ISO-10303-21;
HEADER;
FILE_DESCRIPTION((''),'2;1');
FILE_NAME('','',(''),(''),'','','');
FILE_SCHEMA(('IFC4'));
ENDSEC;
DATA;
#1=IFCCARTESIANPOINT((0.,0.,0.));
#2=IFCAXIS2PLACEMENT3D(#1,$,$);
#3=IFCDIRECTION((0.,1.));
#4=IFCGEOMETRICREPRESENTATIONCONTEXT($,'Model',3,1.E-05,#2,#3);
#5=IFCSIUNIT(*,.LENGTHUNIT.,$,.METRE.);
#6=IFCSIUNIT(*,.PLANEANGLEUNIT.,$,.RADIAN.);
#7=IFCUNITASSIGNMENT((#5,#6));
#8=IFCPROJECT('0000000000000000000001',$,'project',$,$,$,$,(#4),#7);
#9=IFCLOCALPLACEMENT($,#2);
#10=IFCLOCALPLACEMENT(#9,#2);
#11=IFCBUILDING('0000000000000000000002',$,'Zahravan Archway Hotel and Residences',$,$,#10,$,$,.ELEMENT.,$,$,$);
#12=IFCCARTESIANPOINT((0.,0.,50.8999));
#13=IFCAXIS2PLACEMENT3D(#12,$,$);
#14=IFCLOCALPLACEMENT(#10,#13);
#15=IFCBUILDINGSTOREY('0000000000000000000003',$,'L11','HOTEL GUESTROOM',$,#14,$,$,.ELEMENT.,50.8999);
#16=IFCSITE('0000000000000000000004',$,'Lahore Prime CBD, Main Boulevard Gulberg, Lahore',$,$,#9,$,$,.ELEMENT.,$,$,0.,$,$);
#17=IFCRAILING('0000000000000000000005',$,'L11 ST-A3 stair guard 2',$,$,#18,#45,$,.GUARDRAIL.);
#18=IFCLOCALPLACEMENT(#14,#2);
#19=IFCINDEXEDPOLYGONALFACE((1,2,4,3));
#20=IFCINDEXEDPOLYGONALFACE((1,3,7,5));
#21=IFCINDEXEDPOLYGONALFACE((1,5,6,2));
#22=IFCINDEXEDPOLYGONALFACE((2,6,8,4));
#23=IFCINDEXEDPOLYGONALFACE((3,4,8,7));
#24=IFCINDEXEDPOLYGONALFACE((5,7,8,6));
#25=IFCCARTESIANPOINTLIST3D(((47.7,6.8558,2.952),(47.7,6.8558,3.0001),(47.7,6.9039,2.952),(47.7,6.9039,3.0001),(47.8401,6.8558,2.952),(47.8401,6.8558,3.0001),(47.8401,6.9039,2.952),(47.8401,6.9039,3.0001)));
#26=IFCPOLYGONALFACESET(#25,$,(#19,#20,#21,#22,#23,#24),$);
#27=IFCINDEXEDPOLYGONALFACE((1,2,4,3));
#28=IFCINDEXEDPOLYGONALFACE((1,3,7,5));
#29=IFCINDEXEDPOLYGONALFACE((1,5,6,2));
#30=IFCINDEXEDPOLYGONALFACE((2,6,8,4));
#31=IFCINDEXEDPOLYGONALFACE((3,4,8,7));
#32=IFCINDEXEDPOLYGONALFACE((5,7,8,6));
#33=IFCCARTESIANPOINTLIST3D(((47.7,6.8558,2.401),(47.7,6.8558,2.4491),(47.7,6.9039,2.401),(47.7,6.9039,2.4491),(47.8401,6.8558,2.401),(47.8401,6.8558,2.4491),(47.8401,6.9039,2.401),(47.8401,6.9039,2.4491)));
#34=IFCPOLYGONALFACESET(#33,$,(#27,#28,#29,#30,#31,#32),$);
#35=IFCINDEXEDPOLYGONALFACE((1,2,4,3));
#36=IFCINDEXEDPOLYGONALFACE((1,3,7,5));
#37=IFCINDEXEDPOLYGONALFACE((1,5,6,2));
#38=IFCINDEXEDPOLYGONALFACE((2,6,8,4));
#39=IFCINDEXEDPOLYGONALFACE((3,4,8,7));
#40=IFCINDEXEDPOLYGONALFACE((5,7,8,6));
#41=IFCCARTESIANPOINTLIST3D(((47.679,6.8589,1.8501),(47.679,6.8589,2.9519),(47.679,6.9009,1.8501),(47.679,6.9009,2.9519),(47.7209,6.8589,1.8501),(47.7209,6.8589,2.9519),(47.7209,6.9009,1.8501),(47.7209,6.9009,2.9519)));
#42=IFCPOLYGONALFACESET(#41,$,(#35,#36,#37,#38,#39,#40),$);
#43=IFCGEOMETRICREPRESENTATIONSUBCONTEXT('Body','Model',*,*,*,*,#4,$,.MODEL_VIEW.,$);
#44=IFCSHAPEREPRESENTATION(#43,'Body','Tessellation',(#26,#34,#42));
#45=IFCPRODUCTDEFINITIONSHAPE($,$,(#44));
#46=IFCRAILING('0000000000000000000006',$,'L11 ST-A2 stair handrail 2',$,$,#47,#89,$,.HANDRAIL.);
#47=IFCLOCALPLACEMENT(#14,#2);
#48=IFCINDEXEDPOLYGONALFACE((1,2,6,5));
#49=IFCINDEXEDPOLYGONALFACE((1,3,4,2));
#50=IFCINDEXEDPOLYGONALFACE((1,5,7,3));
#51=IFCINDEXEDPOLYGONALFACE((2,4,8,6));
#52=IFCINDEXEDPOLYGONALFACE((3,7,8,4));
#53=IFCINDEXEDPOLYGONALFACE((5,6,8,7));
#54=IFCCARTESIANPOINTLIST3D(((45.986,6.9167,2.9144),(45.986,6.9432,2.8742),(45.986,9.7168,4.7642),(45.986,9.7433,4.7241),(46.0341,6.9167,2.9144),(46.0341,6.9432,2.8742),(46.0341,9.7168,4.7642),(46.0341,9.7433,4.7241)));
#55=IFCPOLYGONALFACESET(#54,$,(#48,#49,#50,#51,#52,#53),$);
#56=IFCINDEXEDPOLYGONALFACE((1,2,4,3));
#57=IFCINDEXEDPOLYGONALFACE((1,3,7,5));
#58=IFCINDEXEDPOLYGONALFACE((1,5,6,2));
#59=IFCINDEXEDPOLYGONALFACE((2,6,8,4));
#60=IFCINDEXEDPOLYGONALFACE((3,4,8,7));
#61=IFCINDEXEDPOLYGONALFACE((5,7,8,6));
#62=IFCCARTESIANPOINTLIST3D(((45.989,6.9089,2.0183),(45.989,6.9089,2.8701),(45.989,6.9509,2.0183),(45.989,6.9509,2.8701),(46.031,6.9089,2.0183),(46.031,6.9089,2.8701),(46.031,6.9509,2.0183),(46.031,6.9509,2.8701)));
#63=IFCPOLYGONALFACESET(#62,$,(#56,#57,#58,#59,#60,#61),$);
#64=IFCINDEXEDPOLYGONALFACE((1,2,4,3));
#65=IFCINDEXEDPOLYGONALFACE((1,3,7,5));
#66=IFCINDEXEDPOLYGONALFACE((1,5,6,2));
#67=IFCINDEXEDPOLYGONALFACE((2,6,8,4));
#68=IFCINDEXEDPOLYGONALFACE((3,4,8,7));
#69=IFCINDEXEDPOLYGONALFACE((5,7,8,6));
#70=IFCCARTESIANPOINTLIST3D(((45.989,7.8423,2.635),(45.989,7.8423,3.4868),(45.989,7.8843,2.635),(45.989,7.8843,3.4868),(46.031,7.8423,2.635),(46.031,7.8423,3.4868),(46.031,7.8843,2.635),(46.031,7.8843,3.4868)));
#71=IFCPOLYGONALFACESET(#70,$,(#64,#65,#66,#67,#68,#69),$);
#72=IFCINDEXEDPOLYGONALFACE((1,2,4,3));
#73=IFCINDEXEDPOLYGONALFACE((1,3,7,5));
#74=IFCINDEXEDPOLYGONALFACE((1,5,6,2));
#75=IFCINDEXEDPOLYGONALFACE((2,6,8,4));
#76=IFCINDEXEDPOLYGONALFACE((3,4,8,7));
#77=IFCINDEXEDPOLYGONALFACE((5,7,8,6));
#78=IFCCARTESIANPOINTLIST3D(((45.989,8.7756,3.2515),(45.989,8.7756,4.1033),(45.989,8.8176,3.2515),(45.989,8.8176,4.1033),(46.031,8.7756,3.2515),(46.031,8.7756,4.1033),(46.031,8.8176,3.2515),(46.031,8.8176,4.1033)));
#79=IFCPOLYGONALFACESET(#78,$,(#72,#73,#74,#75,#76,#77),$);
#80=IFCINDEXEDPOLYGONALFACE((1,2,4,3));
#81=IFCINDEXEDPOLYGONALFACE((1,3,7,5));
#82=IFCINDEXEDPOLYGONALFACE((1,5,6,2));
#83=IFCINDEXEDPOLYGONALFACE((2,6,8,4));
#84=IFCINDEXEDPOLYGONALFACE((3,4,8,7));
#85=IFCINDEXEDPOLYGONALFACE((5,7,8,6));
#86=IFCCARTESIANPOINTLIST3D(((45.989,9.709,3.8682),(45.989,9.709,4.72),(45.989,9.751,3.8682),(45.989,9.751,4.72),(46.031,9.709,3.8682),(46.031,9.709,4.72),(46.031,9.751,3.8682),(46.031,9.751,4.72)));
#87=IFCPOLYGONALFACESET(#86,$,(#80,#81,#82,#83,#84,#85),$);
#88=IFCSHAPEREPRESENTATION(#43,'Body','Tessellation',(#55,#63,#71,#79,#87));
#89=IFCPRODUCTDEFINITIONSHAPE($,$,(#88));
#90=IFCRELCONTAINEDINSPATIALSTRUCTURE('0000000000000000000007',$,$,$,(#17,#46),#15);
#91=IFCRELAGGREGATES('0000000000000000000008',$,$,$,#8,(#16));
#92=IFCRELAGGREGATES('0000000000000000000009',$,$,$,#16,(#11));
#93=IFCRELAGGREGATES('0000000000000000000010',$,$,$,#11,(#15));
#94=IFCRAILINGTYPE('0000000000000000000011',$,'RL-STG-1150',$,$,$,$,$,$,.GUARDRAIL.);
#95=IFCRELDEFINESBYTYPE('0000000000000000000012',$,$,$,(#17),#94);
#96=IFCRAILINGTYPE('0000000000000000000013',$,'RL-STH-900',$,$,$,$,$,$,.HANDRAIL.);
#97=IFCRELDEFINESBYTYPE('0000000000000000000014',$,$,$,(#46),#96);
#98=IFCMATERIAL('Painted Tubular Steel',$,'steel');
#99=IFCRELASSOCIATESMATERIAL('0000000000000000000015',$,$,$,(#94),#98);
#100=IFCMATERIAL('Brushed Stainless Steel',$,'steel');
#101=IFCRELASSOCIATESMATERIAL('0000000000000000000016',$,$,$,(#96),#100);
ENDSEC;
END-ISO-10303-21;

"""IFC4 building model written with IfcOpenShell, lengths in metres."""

from ifc_helpers import new_model, si_unit, direction, frame, origin, origin_2d, place, context, subcontext, project, spatial, rectangle, extrude, material, type_object, element, save


model = new_model("IFC4")

# Units and contexts
model_context = context("Model", 3, precision=1e-05, world=origin(), true_north=direction((0.0, 1.0)))
body_context = subcontext(model_context, "Body", "Model", "MODEL_VIEW")
ifc_project = project(units=[si_unit("LENGTHUNIT", "METRE"), si_unit("PLANEANGLEUNIT", "RADIAN")], contexts=[model_context])

# Site, building, storey
site_placement = place(None, origin())
site = spatial("IfcSite", under=ifc_project, at=site_placement, Name="Lahore Prime CBD, Main Boulevard Gulberg, Lahore", CompositionType="ELEMENT", RefElevation=0.0)
building_placement = place(site_placement, origin())
building = spatial("IfcBuilding", under=site, at=building_placement, Name="Zahravan Archway Hotel and Residences", CompositionType="ELEMENT")
storey_placement = place(building_placement, frame((0.0, 0.0, 50.8999)))
storey = spatial("IfcBuildingStorey", under=building, at=storey_placement, Name="L11", Description="HOTEL GUESTROOM", CompositionType="ELEMENT", Elevation=50.8999)

# Railings
ifc_material_1 = material(Name="Painted Tubular Steel", Category="steel")
railing_type_1 = type_object("IfcRailingType", Name="RL-STG-1150", PredefinedType="GUARDRAIL", material=ifc_material_1)
railing_1_placement = place(storey_placement, frame((47.7, 6.8799, 1.8501)))
element("IfcRailing", 1, at=railing_1_placement, inside=storey, type_object=railing_type_1, Name="L11 ST-A3 stair guard 2", PredefinedType="GUARDRAIL", context=body_context, shape_type="SweptSolid", body=[
    extrude(rectangle(XDim=0.0481, YDim=0.0481, at=origin_2d()), frame((0.0, 0.0, 1.126), z_axis=(1.0, 0.0, 0.0), x_axis=(0.0, 1.0, 0.0)), (0.0, 0.0, 1.0), 0.1401),
    extrude(rectangle(XDim=0.0481, YDim=0.0481, at=origin_2d()), frame((0.0, 0.0, 0.575), z_axis=(1.0, 0.0, 0.0), x_axis=(0.0, 1.0, 0.0)), (0.0, 0.0, 1.0), 0.1401),
    extrude(rectangle(XDim=0.042, YDim=0.042, at=origin_2d()), origin(), (0.0, 0.0, 1.0), 1.1018),
])
ifc_material_2 = material(Name="Brushed Stainless Steel", Category="steel")
railing_type_2 = type_object("IfcRailingType", Name="RL-STH-900", PredefinedType="HANDRAIL", material=ifc_material_2)
railing_2_placement = place(storey_placement, frame((46.01, 6.9299, 2.0183)))
element("IfcRailing", 2, at=railing_2_placement, inside=storey, type_object=railing_type_2, Name="L11 ST-A2 stair handrail 2", PredefinedType="HANDRAIL", context=body_context, shape_type="SweptSolid", body=[
    extrude(rectangle(XDim=0.0481, YDim=0.0481, at=origin_2d()), frame((0.0, 0.0, 0.876), z_axis=(0.0, 0.83436, 0.55122), x_axis=(-1.0, 0.0, 0.0)), (0.0, 0.0, 1.0), 3.356),
    extrude(rectangle(XDim=0.042, YDim=0.042, at=origin_2d()), origin(), (0.0, 0.0, 1.0), 0.8518),
    extrude(rectangle(XDim=0.042, YDim=0.042, at=origin_2d()), frame((0.0, 0.9333, 0.6167)), (0.0, 0.0, 1.0), 0.8518),
    extrude(rectangle(XDim=0.042, YDim=0.042, at=origin_2d()), frame((0.0, 1.8667, 1.2332)), (0.0, 0.0, 1.0), 0.8518),
    extrude(rectangle(XDim=0.042, YDim=0.042, at=origin_2d()), frame((0.0, 2.8, 1.8499)), (0.0, 0.0, 1.0), 0.8518),
])

save(model, "model.ifc")
